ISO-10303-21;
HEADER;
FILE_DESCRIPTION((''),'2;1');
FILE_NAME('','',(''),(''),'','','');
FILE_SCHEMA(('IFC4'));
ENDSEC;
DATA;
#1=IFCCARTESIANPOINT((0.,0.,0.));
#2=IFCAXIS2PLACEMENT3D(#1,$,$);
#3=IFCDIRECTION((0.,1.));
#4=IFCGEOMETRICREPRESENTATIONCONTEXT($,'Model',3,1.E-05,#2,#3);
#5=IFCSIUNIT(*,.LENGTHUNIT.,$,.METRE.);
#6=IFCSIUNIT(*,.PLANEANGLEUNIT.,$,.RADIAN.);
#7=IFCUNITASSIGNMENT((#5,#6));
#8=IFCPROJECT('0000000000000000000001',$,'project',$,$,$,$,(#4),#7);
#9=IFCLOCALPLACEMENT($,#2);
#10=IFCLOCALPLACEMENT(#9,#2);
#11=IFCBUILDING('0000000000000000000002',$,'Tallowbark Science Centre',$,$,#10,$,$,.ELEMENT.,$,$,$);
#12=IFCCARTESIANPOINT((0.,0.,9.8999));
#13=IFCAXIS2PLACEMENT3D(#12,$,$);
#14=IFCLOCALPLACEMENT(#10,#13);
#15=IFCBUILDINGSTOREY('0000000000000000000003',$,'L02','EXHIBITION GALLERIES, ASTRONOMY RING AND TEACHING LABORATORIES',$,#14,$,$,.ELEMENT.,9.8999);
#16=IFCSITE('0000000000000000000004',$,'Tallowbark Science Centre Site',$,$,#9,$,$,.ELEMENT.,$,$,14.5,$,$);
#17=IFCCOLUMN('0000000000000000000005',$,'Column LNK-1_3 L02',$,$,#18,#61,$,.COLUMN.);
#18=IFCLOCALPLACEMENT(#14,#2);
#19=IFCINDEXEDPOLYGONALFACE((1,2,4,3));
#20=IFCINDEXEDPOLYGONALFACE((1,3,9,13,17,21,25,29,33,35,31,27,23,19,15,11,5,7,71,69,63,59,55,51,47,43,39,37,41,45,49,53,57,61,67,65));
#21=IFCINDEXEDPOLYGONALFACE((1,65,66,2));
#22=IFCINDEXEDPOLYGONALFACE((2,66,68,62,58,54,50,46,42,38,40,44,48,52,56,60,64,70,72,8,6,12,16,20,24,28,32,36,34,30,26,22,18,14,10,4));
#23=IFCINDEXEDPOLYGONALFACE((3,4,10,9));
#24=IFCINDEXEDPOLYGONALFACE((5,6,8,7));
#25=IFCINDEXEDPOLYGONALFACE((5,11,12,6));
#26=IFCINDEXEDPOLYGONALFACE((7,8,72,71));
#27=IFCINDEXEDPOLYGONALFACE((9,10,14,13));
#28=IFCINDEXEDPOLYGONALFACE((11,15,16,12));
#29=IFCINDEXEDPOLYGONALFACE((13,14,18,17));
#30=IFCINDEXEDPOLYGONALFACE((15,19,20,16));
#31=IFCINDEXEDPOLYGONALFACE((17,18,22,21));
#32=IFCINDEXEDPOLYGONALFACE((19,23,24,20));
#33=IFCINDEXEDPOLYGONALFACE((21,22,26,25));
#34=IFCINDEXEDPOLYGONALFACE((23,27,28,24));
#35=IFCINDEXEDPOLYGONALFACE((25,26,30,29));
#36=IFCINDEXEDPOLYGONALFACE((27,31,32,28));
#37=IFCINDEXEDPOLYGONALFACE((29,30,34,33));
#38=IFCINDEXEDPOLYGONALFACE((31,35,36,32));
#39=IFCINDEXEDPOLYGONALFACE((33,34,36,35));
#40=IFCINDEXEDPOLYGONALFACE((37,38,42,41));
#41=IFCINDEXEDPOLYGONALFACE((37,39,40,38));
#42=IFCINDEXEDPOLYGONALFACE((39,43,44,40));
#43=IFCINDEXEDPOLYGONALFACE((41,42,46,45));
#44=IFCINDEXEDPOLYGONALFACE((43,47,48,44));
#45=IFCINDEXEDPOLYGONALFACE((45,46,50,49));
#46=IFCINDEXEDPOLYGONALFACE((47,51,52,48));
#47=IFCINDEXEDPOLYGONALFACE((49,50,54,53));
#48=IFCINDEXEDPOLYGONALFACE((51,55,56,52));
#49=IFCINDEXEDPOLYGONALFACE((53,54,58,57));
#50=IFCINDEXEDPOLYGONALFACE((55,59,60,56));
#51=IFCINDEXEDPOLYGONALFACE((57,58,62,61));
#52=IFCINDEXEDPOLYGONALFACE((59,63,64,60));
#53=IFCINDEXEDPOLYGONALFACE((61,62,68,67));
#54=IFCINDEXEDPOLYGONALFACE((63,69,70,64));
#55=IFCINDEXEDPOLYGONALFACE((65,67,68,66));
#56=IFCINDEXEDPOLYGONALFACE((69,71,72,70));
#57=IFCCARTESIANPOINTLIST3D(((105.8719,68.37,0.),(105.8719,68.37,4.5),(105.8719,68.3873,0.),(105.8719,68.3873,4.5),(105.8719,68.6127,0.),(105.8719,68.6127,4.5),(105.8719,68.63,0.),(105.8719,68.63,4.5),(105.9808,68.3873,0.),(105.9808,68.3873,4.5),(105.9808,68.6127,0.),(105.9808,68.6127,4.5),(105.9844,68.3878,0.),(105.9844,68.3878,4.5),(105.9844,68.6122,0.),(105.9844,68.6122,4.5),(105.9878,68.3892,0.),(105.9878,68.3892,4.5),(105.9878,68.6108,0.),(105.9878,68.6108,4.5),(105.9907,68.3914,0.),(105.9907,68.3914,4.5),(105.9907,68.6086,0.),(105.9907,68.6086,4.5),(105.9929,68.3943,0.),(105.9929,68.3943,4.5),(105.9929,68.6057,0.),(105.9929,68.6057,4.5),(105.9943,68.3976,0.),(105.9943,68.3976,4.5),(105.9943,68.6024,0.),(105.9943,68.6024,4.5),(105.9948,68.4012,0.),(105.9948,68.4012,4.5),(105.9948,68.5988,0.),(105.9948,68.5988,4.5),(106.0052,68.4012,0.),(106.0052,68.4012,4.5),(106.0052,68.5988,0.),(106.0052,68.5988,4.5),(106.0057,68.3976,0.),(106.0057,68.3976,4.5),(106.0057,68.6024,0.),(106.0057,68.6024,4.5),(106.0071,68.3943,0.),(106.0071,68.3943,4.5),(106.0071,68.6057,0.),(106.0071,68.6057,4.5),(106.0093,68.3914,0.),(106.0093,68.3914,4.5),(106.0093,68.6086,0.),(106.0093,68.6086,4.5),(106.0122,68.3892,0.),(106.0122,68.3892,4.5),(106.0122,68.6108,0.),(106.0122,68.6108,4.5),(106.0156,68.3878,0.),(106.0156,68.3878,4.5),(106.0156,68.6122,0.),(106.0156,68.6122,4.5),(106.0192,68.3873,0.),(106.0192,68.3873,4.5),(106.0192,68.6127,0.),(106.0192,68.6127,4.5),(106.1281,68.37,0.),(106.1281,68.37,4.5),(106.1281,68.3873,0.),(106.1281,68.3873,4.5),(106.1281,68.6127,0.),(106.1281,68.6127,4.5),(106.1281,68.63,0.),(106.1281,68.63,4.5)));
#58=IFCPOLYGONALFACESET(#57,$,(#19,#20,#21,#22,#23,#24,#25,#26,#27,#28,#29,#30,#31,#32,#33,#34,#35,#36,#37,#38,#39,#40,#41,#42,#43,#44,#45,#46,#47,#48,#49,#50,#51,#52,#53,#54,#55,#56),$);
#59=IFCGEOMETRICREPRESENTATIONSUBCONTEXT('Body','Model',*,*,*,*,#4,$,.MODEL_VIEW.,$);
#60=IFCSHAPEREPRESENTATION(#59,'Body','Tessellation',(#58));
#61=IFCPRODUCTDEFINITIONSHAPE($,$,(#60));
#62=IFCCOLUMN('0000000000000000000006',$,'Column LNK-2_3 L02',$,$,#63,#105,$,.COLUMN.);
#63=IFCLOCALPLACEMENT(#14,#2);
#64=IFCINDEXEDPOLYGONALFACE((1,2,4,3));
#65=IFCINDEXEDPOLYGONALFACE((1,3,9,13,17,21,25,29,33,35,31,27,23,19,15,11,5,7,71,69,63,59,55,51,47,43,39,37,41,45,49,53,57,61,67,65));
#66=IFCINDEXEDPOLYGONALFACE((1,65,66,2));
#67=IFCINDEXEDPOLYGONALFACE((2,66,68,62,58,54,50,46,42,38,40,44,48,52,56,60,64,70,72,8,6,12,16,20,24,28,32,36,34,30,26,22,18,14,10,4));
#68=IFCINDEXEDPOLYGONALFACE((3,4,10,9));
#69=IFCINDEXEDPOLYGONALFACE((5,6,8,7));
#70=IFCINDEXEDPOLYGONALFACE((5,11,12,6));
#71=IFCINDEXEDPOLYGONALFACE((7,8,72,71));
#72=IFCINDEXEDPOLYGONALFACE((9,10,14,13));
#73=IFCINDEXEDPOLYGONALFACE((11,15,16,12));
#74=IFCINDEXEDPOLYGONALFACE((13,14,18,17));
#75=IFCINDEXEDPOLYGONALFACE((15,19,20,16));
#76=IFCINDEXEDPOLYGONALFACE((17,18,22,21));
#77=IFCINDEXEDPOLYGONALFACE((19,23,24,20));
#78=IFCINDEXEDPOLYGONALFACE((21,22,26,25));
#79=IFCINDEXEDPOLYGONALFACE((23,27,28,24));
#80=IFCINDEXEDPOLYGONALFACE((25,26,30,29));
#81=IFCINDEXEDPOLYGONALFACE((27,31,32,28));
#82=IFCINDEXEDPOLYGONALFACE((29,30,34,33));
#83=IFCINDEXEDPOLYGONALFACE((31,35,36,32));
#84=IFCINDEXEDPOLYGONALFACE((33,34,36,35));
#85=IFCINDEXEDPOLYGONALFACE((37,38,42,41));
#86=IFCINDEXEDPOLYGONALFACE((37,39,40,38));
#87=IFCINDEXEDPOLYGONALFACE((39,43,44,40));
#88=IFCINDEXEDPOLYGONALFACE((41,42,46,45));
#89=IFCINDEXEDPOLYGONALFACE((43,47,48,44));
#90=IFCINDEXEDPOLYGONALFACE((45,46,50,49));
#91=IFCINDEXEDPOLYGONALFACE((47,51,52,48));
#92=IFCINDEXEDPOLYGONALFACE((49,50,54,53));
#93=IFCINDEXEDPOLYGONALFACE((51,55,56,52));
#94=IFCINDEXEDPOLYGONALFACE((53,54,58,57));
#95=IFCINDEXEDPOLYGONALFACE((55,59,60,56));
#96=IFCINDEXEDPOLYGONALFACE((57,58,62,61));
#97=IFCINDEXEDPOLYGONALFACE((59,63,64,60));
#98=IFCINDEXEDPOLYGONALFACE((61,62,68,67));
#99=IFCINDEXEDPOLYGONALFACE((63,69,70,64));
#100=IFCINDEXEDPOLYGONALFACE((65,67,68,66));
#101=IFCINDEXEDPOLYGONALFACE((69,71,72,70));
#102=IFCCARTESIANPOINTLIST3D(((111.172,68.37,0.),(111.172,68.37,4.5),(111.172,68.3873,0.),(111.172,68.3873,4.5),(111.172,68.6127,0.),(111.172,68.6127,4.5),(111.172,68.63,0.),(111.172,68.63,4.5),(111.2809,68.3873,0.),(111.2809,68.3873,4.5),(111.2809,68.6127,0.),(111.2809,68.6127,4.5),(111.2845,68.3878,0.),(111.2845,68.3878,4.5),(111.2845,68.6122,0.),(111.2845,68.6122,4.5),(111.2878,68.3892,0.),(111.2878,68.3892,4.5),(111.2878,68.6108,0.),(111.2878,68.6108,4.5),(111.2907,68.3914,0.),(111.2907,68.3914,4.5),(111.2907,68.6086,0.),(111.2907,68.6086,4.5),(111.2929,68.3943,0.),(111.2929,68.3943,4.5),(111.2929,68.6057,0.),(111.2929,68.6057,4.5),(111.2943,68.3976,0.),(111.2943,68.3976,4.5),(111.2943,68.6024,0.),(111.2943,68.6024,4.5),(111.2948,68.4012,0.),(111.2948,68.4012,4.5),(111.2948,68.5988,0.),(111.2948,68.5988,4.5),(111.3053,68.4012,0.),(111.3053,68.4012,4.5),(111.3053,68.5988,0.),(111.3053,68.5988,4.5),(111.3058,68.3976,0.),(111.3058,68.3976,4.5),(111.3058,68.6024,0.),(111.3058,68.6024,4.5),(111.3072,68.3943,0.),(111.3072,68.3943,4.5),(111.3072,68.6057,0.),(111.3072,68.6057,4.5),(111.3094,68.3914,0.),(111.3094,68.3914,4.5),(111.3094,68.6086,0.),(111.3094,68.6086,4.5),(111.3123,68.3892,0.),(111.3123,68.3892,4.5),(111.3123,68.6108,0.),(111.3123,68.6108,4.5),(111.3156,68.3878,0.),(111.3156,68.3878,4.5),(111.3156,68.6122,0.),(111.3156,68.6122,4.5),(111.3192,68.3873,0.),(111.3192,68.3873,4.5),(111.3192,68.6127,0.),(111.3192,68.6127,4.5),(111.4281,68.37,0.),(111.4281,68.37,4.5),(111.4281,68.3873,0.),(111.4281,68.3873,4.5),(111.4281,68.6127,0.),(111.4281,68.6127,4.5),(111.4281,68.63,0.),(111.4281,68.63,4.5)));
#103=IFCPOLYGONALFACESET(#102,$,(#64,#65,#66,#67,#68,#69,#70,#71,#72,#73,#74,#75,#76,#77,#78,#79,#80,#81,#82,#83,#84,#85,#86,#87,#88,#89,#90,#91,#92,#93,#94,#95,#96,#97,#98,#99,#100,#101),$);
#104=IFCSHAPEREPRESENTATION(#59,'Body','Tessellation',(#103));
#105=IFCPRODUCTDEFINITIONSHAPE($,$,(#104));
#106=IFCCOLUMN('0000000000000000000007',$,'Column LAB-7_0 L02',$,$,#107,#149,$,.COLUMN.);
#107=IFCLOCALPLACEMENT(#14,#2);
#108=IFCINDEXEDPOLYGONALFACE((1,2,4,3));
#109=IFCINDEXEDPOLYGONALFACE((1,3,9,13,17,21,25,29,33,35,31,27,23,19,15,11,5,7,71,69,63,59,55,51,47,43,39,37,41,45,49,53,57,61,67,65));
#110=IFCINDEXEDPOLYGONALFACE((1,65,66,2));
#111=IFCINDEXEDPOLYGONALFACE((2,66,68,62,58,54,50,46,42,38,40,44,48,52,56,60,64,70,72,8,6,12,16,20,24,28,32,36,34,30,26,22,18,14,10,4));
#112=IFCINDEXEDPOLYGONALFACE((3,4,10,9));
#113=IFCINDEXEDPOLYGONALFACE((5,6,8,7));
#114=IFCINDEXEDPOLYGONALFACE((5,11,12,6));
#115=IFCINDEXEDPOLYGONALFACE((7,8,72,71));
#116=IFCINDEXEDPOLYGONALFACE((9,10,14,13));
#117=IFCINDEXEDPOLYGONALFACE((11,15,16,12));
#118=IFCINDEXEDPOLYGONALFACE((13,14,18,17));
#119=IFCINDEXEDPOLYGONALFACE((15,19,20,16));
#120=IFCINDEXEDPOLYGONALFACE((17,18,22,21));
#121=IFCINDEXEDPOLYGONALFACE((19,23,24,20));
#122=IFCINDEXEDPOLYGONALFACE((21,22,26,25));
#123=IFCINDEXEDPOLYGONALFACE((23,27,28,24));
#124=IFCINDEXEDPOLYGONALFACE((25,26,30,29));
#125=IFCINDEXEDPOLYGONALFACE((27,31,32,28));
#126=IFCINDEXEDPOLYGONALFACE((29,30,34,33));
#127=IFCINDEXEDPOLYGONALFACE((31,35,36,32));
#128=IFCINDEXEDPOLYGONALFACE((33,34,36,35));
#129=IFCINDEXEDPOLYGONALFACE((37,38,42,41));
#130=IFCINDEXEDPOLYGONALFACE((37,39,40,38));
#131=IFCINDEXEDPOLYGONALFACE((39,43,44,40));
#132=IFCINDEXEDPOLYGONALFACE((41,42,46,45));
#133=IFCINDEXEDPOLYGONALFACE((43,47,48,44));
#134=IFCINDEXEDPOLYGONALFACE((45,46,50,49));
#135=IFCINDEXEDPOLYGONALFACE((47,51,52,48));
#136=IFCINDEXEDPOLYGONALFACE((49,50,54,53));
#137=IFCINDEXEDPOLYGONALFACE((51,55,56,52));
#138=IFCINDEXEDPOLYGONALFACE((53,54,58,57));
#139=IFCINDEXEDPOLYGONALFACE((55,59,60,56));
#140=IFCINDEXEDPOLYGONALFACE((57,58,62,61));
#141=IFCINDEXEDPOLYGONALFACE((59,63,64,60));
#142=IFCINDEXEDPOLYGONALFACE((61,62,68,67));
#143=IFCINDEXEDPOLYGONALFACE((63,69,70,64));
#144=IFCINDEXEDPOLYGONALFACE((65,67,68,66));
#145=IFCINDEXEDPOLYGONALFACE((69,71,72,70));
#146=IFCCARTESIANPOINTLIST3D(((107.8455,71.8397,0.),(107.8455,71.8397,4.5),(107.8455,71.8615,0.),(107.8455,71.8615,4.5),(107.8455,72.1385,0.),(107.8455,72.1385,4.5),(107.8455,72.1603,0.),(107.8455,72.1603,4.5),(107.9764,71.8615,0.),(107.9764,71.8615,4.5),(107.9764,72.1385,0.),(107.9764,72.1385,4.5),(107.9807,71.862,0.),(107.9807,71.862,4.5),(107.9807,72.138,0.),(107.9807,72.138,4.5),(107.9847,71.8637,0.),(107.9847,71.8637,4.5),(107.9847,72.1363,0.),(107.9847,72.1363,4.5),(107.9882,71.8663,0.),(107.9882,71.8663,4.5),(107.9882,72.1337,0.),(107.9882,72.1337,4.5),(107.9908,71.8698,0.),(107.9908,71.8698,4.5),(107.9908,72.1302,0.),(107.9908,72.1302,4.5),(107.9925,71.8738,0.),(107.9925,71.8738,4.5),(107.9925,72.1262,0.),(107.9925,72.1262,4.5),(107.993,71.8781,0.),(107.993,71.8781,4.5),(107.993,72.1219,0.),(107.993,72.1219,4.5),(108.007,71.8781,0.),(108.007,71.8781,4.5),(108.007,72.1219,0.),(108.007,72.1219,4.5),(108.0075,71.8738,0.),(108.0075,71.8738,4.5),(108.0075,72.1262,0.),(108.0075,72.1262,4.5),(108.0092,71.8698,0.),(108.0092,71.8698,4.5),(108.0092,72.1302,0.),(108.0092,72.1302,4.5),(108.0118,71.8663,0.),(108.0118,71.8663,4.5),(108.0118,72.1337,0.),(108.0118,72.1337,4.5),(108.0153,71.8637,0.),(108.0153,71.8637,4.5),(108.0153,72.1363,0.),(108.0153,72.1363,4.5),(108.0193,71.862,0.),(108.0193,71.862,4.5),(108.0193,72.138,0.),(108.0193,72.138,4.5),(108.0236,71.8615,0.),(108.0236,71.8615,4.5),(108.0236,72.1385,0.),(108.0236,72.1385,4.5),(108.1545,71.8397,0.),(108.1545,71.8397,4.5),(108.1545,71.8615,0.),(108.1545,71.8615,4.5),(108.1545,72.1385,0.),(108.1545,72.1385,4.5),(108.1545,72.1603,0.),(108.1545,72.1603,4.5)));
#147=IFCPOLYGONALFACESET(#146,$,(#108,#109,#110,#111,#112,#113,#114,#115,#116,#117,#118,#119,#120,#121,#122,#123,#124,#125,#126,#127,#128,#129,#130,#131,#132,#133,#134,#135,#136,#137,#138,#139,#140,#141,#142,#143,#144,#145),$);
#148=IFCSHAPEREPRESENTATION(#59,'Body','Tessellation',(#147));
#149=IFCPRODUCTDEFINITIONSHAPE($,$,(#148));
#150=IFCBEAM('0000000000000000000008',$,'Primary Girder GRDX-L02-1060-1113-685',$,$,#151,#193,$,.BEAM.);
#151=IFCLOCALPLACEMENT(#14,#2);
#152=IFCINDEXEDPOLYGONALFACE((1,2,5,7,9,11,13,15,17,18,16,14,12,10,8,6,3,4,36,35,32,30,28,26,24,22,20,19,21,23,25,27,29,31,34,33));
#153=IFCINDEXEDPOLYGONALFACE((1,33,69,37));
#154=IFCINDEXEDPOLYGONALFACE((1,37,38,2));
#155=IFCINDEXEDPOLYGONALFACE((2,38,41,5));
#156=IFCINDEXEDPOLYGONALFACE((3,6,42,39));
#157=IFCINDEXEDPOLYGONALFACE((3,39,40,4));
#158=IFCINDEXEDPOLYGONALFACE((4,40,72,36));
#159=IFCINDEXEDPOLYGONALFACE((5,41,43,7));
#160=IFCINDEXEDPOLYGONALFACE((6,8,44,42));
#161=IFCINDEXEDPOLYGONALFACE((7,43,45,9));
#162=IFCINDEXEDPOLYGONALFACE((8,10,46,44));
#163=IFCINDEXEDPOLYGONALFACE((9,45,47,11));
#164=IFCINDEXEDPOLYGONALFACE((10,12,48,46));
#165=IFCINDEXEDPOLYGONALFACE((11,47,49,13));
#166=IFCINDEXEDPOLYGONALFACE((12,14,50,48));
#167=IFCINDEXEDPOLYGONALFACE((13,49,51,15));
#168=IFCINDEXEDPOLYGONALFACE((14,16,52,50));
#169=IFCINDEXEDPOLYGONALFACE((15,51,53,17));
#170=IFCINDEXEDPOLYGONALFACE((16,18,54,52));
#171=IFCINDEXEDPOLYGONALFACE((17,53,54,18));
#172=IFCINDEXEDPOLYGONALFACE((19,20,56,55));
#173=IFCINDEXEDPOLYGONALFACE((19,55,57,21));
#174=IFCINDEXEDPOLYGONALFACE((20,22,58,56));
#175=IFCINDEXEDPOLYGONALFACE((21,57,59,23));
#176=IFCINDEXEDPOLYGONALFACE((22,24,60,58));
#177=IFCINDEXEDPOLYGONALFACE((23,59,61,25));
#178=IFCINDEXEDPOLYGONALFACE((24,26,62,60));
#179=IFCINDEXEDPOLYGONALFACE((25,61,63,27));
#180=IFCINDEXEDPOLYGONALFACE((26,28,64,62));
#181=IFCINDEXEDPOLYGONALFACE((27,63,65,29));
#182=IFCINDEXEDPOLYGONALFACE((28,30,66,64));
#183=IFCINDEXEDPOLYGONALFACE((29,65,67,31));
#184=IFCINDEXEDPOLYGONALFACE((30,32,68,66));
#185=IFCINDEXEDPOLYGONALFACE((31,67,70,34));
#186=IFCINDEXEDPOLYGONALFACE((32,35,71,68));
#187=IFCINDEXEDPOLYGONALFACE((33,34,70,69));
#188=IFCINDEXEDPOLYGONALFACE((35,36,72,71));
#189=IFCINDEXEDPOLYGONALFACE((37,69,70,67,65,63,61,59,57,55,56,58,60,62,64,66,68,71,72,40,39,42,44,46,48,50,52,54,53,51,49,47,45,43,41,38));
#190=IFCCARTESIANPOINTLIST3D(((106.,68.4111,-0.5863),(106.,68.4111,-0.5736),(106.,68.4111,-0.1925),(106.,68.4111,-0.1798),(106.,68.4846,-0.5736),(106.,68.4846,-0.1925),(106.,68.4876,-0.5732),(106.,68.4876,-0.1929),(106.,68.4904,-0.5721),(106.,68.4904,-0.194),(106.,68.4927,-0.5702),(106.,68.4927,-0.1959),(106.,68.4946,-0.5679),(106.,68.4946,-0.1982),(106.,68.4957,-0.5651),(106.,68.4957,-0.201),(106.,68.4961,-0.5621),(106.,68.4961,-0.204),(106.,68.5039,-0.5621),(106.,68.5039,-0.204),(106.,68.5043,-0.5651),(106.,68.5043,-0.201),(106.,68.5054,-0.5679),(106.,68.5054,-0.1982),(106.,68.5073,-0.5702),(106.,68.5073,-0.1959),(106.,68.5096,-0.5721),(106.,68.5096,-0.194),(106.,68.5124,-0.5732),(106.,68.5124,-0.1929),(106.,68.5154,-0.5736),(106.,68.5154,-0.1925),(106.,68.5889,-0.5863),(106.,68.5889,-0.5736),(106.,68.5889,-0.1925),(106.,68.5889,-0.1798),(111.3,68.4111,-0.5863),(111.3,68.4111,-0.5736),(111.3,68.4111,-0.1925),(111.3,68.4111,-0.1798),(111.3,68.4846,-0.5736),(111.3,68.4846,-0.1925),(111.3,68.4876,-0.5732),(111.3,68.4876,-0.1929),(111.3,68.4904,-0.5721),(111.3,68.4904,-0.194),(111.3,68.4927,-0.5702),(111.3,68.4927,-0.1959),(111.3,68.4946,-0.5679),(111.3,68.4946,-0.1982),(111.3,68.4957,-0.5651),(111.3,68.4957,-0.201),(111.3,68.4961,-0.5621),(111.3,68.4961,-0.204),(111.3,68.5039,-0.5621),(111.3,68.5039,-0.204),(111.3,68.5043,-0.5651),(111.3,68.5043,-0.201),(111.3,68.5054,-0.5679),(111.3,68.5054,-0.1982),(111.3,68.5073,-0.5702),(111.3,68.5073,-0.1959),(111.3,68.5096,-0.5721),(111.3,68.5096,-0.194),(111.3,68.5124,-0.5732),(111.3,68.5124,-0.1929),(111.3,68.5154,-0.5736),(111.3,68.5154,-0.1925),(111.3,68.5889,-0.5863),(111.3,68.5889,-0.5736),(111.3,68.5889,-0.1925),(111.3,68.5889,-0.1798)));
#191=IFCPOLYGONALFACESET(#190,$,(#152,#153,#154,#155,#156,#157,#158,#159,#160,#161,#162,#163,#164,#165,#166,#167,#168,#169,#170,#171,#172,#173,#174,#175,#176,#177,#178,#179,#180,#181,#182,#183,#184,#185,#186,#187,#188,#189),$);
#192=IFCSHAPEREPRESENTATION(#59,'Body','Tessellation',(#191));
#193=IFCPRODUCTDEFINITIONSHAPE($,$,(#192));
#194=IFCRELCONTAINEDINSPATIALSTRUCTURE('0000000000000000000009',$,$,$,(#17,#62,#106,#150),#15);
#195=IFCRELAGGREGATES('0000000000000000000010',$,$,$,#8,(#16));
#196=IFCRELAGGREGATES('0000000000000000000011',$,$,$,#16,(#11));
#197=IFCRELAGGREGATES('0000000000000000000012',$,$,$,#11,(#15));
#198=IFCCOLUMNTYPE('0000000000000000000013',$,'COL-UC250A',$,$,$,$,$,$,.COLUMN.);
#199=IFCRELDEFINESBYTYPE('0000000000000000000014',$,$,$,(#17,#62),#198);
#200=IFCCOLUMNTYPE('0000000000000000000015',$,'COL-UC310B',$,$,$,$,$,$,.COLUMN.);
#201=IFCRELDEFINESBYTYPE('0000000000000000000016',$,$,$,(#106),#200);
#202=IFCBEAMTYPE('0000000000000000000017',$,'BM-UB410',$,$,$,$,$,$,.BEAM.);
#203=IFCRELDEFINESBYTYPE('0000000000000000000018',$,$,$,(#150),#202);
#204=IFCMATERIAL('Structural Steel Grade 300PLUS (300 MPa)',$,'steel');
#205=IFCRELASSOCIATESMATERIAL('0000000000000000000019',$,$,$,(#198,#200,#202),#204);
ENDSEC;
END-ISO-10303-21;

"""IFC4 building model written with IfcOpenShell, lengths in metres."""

from ifc_helpers import new_model, si_unit, direction, frame, origin, origin_2d, place, context, subcontext, project, spatial, i_section, extrude, material, material_profile, profile_set, type_object, element, save


model = new_model("IFC4")

# Units and contexts
model_context = context("Model", 3, precision=1e-05, world=origin(), true_north=direction((0.0, 1.0)))
body_context = subcontext(model_context, "Body", "Model", "MODEL_VIEW")
ifc_project = project(units=[si_unit("LENGTHUNIT", "METRE"), si_unit("PLANEANGLEUNIT", "RADIAN")], contexts=[model_context])

# Site, building, storey
site_placement = place(None, origin())
site = spatial("IfcSite", under=ifc_project, at=site_placement, Name="Tallowbark Science Centre Site", CompositionType="ELEMENT", RefElevation=14.5)
building_placement = place(site_placement, origin())
building = spatial("IfcBuilding", under=site, at=building_placement, Name="Tallowbark Science Centre", CompositionType="ELEMENT")
storey_placement = place(building_placement, frame((0.0, 0.0, 9.8999)))
storey = spatial("IfcBuildingStorey", under=building, at=storey_placement, Name="L02", Description="EXHIBITION GALLERIES, ASTRONOMY RING AND TEACHING LABORATORIES", CompositionType="ELEMENT", Elevation=9.8999)

# Columns
ifc_material_1 = material(Name="Structural Steel Grade 300PLUS (300 MPa)", Category="steel")
ifc_material_profile_1 = material_profile(ifc_material_1, i_section(OverallWidth=0.2561, OverallDepth=0.26, WebThickness=0.0105, FlangeThickness=0.0173, FilletRadius=0.0139, at=origin_2d()), Name="250UC89.5")
ifc_profile_set_1 = profile_set([ifc_material_profile_1], Name="Structural Steel Grade 300PLUS (300 MPa)")
column_type_1 = type_object("IfcColumnType", Name="COL-UC250A", PredefinedType="COLUMN", material=ifc_profile_set_1)
for number, where, z_axis, x_axis, name in (
    (1, (106.0, 68.5, 0.0), (0.0, 0.0, 1.0), (1.0, 0.0, 0.0), "Column LNK-1_3 L02"),
    (2, (111.3, 68.5, 0.0), (0.0, 0.0, 1.0), (1.0, 0.0, 0.0), "Column LNK-2_3 L02"),
):
    element("IfcColumn", number, at=place(storey_placement, frame(where, z_axis=z_axis, x_axis=x_axis)), inside=storey, type_object=column_type_1, Name=name, PredefinedType="COLUMN", context=body_context, shape_type="SweptSolid", body=[
        extrude(i_section(OverallWidth=0.2561, OverallDepth=0.26, WebThickness=0.0105, FlangeThickness=0.0173, FilletRadius=0.0139, at=origin_2d()), origin(), (0.0, 0.0, 1.0), 4.5),
    ])
ifc_material_profile_2 = material_profile(ifc_material_1, i_section(OverallWidth=0.3091, OverallDepth=0.3206, WebThickness=0.0139, FlangeThickness=0.0217, FilletRadius=0.0166, at=origin_2d()), Name="310UC137")
ifc_profile_set_2 = profile_set([ifc_material_profile_2], Name="Structural Steel Grade 300PLUS (300 MPa)")
column_type_2 = type_object("IfcColumnType", Name="COL-UC310B", PredefinedType="COLUMN", material=ifc_profile_set_2)
column_placement = place(storey_placement, frame((108.0, 72.0, 0.0), z_axis=(0.0, 0.0, 1.0), x_axis=(1.0, 0.0, 0.0)))
element("IfcColumn", 3, at=column_placement, inside=storey, type_object=column_type_2, Name="Column LAB-7_0 L02", PredefinedType="COLUMN", context=body_context, shape_type="SweptSolid", body=[
    extrude(i_section(OverallWidth=0.3091, OverallDepth=0.3206, WebThickness=0.0139, FlangeThickness=0.0217, FilletRadius=0.0166, at=origin_2d()), origin(), (0.0, 0.0, 1.0), 4.5),
])

# Beam
ifc_material_profile_3 = material_profile(ifc_material_1, i_section(OverallWidth=0.1777, OverallDepth=0.4065, WebThickness=0.0078, FlangeThickness=0.0127, FilletRadius=0.0115, at=origin_2d()), Name="410UB59.7")
ifc_profile_set_3 = profile_set([ifc_material_profile_3], Name="Structural Steel Grade 300PLUS (300 MPa)")
beam_type_1 = type_object("IfcBeamType", Name="BM-UB410", PredefinedType="BEAM", material=ifc_profile_set_3)
beam_1_placement = place(storey_placement, frame((106.0, 68.5, -0.3831), z_axis=(1.0, 0.0, 0.0), x_axis=(0.0, 1.0, 0.0)))
element("IfcBeam", 4, at=beam_1_placement, inside=storey, type_object=beam_type_1, Name="Primary Girder GRDX-L02-1060-1113-685", PredefinedType="BEAM", context=body_context, shape_type="SweptSolid", body=[
    extrude(i_section(OverallWidth=0.1777, OverallDepth=0.4065, WebThickness=0.0078, FlangeThickness=0.0127, FilletRadius=0.0115, at=origin_2d()), origin(), (0.0, 0.0, 1.0), 5.3),
])

save(model, "model.ifc")
